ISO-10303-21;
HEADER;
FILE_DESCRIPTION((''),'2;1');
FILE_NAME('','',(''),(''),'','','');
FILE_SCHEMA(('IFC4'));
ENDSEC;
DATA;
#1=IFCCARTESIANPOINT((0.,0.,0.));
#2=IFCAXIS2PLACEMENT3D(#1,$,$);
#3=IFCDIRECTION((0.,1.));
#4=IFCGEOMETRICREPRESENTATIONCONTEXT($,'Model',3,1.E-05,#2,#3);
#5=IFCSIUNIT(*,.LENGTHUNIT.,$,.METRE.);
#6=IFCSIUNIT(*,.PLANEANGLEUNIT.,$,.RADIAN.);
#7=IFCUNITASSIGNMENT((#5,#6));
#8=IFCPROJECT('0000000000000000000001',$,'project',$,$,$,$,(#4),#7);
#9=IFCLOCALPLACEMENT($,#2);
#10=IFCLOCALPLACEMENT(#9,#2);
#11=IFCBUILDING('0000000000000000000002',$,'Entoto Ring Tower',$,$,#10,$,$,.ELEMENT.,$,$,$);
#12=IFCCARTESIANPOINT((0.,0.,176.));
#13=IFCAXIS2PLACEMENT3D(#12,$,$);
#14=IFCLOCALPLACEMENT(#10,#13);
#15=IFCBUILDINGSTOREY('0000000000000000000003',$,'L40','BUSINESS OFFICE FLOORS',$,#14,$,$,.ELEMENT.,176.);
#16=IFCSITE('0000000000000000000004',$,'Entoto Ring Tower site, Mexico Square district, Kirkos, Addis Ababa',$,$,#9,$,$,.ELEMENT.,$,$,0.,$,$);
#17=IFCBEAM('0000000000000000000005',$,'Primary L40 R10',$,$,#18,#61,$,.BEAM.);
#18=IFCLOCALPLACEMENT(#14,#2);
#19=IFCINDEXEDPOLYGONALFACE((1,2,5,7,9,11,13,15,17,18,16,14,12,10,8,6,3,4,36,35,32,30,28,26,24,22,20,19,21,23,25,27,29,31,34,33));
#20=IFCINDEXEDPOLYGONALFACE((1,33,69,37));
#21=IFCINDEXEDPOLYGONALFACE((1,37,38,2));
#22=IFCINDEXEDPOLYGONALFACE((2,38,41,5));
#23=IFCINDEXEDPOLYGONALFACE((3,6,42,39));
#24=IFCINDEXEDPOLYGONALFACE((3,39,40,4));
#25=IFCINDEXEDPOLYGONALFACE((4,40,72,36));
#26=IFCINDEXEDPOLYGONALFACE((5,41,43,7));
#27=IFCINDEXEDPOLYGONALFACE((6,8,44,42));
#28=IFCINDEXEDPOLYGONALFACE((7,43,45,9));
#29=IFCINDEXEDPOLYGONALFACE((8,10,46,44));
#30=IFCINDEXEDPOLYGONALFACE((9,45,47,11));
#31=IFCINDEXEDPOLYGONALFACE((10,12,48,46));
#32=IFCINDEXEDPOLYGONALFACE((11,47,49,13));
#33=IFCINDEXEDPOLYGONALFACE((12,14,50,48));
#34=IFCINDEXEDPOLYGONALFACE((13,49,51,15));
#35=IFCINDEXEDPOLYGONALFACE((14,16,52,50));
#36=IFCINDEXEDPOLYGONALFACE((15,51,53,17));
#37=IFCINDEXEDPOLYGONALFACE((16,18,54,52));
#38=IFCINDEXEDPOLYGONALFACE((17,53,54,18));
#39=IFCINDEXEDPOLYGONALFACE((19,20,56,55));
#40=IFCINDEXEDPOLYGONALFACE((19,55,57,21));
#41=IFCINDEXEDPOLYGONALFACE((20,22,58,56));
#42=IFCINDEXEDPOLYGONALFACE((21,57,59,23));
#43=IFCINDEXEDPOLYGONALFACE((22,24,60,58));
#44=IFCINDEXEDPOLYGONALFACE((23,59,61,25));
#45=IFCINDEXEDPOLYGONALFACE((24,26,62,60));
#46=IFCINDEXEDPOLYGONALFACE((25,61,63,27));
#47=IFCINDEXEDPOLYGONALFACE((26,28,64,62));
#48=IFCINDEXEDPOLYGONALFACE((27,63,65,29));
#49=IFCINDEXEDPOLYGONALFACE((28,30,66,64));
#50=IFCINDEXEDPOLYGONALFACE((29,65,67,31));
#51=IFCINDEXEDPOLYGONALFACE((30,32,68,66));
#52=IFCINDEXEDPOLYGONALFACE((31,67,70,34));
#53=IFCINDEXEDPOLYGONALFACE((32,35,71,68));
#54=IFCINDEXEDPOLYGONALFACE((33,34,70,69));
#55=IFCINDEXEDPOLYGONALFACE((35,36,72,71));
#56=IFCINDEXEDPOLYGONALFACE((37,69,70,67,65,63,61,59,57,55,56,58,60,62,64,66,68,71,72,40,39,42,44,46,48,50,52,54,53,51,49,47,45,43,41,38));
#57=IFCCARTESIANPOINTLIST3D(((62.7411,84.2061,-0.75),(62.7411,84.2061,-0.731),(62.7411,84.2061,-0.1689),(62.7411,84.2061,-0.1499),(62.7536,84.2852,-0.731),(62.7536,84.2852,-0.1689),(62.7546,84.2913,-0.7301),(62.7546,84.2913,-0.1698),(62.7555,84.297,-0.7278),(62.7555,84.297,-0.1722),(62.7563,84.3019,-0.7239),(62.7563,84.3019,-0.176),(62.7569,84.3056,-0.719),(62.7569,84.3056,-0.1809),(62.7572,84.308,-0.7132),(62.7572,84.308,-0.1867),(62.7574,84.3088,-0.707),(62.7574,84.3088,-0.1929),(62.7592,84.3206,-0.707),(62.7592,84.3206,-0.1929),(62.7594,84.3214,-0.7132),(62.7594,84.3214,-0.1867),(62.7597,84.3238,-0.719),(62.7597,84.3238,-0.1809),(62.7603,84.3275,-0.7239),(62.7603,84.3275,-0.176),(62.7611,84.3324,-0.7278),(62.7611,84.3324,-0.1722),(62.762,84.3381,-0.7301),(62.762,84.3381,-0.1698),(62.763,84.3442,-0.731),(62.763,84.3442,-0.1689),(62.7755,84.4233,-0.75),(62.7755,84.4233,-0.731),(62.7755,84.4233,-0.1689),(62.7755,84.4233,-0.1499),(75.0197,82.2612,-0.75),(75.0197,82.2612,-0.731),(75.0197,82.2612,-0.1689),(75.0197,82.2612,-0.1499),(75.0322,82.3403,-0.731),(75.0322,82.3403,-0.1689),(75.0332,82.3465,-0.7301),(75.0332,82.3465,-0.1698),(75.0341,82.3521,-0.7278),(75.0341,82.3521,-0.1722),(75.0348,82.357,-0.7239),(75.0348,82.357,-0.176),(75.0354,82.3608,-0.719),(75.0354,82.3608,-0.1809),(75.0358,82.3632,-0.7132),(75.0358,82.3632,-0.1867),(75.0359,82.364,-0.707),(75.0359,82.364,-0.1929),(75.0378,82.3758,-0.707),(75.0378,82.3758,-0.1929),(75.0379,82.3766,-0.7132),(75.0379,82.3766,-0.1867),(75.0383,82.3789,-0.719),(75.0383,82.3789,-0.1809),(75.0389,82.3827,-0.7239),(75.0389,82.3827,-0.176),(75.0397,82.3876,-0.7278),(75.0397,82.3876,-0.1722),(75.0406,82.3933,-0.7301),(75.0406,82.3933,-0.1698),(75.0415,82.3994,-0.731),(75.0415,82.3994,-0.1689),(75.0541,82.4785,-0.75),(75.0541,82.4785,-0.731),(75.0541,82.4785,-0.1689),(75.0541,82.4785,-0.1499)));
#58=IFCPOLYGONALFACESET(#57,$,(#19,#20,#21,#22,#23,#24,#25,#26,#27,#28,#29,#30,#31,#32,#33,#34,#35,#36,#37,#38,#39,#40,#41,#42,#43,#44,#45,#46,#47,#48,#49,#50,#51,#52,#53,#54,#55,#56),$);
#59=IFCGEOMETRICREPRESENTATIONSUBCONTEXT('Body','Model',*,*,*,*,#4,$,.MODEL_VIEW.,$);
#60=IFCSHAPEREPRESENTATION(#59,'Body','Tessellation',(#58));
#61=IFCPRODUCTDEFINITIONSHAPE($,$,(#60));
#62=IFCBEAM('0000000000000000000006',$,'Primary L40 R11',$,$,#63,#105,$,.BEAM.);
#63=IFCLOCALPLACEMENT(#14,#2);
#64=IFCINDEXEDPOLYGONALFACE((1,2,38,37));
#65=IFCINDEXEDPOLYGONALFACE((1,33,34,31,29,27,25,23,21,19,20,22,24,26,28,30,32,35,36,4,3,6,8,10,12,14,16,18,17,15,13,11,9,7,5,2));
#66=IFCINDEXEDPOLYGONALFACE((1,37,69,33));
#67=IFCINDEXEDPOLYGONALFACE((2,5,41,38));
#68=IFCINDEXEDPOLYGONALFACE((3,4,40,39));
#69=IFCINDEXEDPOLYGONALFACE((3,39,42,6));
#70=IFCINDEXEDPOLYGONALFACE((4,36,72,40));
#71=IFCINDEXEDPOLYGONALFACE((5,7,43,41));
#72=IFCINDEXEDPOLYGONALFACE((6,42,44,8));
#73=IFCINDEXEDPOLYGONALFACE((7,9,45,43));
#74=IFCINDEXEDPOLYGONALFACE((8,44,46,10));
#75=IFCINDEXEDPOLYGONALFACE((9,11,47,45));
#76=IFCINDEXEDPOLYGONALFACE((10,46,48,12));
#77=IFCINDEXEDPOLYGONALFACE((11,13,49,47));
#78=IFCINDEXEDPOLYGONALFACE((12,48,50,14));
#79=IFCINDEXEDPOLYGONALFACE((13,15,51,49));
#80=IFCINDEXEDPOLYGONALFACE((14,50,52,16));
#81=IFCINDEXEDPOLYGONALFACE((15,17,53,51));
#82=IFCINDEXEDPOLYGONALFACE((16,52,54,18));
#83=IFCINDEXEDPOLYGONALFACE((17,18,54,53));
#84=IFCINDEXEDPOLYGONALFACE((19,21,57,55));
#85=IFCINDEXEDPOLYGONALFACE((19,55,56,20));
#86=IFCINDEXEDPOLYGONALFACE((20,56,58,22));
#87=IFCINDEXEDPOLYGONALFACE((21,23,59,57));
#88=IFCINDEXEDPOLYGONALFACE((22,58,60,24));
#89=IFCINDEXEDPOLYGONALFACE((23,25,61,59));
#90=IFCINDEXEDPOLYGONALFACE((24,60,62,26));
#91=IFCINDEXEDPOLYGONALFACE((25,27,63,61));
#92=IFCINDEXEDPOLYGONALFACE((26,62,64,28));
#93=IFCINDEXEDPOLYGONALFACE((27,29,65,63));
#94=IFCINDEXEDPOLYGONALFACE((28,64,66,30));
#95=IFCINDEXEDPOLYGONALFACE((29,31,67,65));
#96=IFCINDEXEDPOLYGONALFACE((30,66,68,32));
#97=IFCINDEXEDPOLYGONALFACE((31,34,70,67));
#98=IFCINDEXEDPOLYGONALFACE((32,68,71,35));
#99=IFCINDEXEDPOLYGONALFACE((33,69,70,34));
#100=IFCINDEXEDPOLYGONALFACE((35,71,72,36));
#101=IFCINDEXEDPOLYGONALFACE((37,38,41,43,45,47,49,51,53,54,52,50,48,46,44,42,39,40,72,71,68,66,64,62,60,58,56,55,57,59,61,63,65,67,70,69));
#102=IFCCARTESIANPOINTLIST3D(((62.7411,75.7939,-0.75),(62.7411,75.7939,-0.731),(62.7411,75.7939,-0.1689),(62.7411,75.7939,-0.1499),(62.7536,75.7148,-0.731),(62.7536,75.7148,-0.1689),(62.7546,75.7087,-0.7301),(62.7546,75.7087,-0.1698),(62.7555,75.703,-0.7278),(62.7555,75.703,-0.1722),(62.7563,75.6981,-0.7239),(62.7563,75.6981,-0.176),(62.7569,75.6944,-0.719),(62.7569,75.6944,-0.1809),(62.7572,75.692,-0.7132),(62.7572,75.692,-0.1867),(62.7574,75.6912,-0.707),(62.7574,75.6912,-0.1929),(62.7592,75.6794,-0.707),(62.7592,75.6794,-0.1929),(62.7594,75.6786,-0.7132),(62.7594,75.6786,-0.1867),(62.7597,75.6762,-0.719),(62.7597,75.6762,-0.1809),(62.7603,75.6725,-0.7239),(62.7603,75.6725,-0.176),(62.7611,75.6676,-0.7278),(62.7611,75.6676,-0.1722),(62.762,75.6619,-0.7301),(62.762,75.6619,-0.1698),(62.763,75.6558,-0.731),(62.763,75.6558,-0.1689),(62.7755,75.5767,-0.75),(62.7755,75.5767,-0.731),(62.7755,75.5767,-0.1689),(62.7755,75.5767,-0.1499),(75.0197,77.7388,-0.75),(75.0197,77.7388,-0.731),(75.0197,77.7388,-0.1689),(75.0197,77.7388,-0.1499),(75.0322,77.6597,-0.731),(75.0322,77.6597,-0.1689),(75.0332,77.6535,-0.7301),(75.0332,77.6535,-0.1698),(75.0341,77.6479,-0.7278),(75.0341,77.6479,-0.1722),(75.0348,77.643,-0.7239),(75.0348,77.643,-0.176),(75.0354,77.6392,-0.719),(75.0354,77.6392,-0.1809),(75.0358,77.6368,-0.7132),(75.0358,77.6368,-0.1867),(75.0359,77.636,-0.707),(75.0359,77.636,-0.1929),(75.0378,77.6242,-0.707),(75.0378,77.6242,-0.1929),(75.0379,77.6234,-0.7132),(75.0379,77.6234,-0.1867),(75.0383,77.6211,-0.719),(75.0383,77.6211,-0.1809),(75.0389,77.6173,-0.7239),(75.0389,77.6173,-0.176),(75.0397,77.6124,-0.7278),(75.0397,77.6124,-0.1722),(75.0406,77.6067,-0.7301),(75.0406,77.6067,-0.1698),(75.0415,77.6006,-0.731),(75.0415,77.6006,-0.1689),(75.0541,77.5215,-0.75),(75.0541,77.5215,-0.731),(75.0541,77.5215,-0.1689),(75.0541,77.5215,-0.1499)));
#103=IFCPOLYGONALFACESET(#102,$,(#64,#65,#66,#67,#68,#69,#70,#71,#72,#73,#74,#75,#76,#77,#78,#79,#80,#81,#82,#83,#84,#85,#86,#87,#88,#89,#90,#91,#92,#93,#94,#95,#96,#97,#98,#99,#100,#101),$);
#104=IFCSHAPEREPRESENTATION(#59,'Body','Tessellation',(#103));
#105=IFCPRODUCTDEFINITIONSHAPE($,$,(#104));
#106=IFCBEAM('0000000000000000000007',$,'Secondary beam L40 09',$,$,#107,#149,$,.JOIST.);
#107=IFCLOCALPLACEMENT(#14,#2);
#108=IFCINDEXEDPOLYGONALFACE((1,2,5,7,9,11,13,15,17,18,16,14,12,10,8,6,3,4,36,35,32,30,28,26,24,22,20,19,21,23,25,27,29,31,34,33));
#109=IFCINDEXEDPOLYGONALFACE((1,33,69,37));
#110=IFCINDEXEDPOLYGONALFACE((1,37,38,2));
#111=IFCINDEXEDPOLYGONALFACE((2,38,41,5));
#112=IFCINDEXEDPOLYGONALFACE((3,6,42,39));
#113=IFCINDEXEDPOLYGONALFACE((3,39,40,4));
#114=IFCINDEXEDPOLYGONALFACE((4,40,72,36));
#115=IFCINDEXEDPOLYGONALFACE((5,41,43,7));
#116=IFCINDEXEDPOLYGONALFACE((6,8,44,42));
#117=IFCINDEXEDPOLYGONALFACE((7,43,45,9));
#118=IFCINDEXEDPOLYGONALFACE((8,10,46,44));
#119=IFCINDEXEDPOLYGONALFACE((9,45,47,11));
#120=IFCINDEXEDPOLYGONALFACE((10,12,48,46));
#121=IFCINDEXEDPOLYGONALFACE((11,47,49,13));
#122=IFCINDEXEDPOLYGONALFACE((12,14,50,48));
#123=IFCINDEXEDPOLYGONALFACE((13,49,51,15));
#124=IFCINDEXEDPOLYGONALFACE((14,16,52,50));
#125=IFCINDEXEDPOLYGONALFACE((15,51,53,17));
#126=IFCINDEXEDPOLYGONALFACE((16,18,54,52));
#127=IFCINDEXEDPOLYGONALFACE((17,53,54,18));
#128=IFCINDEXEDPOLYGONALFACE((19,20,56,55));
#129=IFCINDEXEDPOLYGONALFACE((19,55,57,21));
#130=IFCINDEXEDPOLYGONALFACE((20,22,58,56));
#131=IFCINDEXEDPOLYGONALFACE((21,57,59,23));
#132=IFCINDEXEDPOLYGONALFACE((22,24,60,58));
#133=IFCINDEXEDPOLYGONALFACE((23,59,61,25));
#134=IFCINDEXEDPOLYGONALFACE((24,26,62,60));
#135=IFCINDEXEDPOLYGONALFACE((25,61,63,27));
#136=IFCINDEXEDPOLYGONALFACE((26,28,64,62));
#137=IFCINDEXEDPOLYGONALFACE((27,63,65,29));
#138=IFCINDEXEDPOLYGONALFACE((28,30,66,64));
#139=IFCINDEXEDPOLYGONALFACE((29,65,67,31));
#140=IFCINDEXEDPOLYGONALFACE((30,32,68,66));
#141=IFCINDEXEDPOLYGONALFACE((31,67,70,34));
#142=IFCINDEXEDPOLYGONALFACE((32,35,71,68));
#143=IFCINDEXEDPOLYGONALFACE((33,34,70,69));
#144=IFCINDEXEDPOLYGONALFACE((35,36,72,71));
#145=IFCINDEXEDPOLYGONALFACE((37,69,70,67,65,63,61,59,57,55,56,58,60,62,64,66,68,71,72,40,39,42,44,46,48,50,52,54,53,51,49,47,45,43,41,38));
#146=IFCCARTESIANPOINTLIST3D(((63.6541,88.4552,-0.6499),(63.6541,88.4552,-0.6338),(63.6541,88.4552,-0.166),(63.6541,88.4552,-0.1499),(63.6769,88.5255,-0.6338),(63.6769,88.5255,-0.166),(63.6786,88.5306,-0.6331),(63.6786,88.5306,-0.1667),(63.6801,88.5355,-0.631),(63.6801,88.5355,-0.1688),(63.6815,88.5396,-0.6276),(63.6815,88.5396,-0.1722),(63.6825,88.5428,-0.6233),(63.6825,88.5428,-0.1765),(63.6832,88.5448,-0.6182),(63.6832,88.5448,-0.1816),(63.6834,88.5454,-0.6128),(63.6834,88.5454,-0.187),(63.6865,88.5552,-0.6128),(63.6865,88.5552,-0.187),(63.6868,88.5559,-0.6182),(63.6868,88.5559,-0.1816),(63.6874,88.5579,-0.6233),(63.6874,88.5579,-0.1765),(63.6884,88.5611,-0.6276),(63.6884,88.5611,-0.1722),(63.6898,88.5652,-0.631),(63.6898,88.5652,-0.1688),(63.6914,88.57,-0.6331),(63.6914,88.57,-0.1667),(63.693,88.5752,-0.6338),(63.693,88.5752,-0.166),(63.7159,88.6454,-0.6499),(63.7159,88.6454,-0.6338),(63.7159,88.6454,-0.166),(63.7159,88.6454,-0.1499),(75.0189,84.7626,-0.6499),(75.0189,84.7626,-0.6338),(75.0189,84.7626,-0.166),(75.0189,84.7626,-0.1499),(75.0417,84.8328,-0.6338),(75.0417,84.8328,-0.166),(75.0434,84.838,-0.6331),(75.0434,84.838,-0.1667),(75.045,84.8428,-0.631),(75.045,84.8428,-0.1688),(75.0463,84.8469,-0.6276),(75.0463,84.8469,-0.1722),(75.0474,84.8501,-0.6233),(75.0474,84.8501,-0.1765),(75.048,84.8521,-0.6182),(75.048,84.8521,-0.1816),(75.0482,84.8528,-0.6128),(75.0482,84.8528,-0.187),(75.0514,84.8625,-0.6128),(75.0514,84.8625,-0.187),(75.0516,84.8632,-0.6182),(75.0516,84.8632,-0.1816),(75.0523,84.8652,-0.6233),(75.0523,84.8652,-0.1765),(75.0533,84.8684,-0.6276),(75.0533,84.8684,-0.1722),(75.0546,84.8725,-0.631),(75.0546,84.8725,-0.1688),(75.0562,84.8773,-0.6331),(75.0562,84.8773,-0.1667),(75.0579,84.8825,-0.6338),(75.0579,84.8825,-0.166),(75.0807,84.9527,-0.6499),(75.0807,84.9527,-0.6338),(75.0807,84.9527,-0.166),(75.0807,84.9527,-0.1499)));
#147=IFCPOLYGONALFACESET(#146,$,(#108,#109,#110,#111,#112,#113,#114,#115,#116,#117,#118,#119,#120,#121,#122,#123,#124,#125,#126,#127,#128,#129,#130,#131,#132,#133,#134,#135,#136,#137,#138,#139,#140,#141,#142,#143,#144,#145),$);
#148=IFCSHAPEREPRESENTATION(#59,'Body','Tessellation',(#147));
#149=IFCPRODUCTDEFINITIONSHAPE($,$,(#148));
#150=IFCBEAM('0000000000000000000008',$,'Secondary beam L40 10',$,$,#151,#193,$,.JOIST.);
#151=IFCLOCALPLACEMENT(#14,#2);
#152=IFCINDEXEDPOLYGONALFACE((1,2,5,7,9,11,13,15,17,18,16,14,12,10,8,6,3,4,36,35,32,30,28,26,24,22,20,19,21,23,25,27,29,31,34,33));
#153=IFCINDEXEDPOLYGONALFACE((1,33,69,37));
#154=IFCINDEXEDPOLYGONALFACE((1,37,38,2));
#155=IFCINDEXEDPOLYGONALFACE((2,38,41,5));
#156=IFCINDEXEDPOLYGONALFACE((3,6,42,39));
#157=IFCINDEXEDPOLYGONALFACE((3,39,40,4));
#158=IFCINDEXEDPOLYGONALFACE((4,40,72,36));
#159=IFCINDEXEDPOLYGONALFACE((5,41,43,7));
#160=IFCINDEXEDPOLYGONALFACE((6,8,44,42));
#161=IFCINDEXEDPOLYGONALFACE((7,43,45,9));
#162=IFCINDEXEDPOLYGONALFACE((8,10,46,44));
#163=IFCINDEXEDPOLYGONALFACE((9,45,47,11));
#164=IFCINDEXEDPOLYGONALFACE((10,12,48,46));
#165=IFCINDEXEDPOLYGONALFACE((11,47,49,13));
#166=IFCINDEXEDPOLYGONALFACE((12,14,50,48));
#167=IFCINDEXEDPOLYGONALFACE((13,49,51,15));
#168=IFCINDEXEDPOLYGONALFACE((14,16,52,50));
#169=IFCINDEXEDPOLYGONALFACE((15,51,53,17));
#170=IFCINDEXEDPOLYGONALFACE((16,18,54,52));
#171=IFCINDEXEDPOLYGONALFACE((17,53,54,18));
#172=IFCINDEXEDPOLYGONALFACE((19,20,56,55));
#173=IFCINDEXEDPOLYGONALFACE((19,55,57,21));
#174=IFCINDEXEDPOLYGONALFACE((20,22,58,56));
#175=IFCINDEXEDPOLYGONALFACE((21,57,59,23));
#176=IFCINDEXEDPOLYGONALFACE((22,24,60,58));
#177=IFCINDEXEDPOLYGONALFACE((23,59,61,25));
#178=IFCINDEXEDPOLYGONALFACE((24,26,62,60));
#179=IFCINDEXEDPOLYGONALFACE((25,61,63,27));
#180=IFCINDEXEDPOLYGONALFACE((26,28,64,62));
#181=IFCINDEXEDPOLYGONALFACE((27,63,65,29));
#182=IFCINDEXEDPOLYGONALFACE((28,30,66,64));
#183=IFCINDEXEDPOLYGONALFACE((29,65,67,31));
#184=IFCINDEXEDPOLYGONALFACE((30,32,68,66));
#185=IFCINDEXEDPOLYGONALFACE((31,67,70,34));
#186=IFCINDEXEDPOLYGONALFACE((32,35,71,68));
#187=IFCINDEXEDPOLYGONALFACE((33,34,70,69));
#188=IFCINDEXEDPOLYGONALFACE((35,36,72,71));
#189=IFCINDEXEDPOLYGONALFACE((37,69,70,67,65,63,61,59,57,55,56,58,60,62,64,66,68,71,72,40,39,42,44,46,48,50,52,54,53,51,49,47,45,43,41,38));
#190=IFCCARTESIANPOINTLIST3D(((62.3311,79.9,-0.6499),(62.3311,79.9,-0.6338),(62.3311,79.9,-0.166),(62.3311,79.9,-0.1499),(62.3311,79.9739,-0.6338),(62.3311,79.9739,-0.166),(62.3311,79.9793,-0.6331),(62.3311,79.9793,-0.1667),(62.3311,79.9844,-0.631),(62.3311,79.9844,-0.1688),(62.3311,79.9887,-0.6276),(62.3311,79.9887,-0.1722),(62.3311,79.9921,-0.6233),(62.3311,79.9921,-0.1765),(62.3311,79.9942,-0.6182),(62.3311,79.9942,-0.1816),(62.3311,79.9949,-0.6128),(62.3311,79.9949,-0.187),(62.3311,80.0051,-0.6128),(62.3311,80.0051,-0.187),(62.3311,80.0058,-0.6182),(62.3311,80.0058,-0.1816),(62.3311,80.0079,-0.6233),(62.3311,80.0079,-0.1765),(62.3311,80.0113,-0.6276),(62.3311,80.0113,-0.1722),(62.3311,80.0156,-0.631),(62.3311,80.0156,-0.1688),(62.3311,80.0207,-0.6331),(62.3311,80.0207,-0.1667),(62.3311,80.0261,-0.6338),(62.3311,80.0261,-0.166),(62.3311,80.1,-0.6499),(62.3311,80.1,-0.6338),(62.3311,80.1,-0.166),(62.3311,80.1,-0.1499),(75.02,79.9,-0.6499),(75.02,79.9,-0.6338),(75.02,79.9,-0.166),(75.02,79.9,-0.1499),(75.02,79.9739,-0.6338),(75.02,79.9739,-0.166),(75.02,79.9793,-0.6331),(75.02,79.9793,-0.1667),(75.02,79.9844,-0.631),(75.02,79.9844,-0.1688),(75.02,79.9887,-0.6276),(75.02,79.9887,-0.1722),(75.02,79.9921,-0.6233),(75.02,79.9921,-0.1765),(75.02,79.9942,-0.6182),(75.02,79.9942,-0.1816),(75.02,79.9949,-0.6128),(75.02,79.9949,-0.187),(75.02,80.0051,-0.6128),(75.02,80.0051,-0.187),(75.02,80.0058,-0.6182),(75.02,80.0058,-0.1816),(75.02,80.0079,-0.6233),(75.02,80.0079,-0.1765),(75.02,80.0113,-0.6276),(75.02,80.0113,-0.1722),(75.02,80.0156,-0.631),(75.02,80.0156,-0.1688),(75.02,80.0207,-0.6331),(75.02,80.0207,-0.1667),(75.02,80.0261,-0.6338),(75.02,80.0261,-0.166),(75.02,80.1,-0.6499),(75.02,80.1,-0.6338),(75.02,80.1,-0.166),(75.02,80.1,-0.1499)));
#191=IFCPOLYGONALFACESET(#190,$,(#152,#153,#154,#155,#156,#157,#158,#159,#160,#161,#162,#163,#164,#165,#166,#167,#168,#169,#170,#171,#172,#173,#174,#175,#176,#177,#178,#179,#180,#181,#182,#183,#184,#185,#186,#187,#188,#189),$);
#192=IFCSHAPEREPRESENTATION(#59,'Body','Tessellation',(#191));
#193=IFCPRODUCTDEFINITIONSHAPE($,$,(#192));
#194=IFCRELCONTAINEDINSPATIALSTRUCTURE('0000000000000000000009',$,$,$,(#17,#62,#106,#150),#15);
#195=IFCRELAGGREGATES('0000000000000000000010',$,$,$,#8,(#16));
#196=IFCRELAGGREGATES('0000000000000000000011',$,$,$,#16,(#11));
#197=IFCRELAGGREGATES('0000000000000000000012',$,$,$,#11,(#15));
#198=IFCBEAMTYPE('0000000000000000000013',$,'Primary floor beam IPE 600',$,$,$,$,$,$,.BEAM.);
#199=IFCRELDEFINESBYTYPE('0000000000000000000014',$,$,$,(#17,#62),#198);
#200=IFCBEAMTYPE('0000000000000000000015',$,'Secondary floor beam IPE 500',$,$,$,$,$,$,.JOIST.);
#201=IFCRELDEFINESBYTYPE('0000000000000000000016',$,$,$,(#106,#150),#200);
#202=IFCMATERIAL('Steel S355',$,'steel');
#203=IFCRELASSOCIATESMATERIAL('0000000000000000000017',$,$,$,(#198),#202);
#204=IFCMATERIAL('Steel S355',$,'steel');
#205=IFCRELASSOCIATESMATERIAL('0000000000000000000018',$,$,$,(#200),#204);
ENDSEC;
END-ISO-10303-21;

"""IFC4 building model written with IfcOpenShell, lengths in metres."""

from ifc_helpers import new_model, si_unit, direction, frame, origin, origin_2d, place, context, subcontext, project, spatial, i_section, extrude, material, material_profile, profile_set, type_object, element, save


model = new_model("IFC4")

# Units and contexts
model_context = context("Model", 3, precision=1e-05, world=origin(), true_north=direction((0.0, 1.0)))
body_context = subcontext(model_context, "Body", "Model", "MODEL_VIEW")
ifc_project = project(units=[si_unit("LENGTHUNIT", "METRE"), si_unit("PLANEANGLEUNIT", "RADIAN")], contexts=[model_context])

# Site, building, storey
site_placement = place(None, origin())
site = spatial("IfcSite", under=ifc_project, at=site_placement, Name="Entoto Ring Tower site, Mexico Square district, Kirkos, Addis Ababa", CompositionType="ELEMENT", RefElevation=0.0)
building_placement = place(site_placement, origin())
building = spatial("IfcBuilding", under=site, at=building_placement, Name="Entoto Ring Tower", CompositionType="ELEMENT")
storey_placement = place(building_placement, frame((0.0, 0.0, 176.0)))
storey = spatial("IfcBuildingStorey", under=building, at=storey_placement, Name="L40", Description="BUSINESS OFFICE FLOORS", CompositionType="ELEMENT", Elevation=176.0)

# Beams
ifc_material_1 = material(Name="Steel S355", Category="steel")
ifc_material_profile_1 = material_profile(ifc_material_1, i_section(OverallWidth=0.22, OverallDepth=0.6001, WebThickness=0.012, FlangeThickness=0.019, FilletRadius=0.0239, at=origin_2d()), Name="IPE 600")
ifc_profile_set_1 = profile_set([ifc_material_profile_1], Name="Steel S355")
beam_type_1 = type_object("IfcBeamType", Name="Primary floor beam IPE 600", PredefinedType="BEAM", material=ifc_profile_set_1)
for number, where, z_axis, x_axis, name in (
    (1, (75.0369, 82.3699, -0.45), (-0.987687, 0.156442, 0.0), (-0.156442, -0.987687, 0.0), "Primary L40 R10"),
    (2, (75.0369, 77.6301, -0.45), (-0.987687, -0.156442, 0.0), (0.156442, -0.987687, 0.0), "Primary L40 R11"),
):
    element("IfcBeam", number, at=place(storey_placement, frame(where, z_axis=z_axis, x_axis=x_axis)), inside=storey, type_object=beam_type_1, Name=name, PredefinedType="BEAM", context=body_context, shape_type="SweptSolid", body=[
        extrude(i_section(OverallWidth=0.22, OverallDepth=0.6001, WebThickness=0.012, FlangeThickness=0.019, FilletRadius=0.0239, at=origin_2d()), origin(), (0.0, 0.0, 1.0), 12.4316),
    ])
ifc_material_2 = material(Name="Steel S355", Category="steel")
ifc_material_profile_2 = material_profile(ifc_material_2, i_section(OverallWidth=0.2, OverallDepth=0.5, WebThickness=0.0103, FlangeThickness=0.0161, FilletRadius=0.021, at=origin_2d()), Name="IPE 500")
ifc_profile_set_2 = profile_set([ifc_material_profile_2], Name="Steel S355")
beam_type_2 = type_object("IfcBeamType", Name="Secondary floor beam IPE 500", PredefinedType="JOIST", material=ifc_profile_set_2)
beam_1_placement = place(storey_placement, frame((75.0498, 84.8577, -0.3999), z_axis=(-0.951057, 0.309017, 0.0), x_axis=(-0.309017, -0.951057, 0.0)))
element("IfcBeam", 3, at=beam_1_placement, inside=storey, type_object=beam_type_2, Name="Secondary beam L40 09", PredefinedType="JOIST", context=body_context, shape_type="SweptSolid", body=[
    extrude(i_section(OverallWidth=0.2, OverallDepth=0.5, WebThickness=0.0103, FlangeThickness=0.0161, FilletRadius=0.021, at=origin_2d()), origin(), (0.0, 0.0, 1.0), 11.9497),
])
beam_2_placement = place(storey_placement, frame((75.02, 80.0, -0.3999), z_axis=(-1.0, 0.0, 0.0), x_axis=(0.0, -1.0, 0.0)))
element("IfcBeam", 4, at=beam_2_placement, inside=storey, type_object=beam_type_2, Name="Secondary beam L40 10", PredefinedType="JOIST", context=body_context, shape_type="SweptSolid", body=[
    extrude(i_section(OverallWidth=0.2, OverallDepth=0.5, WebThickness=0.0103, FlangeThickness=0.0161, FilletRadius=0.021, at=origin_2d()), origin(), (0.0, 0.0, 1.0), 12.689),
])

save(model, "model.ifc")
